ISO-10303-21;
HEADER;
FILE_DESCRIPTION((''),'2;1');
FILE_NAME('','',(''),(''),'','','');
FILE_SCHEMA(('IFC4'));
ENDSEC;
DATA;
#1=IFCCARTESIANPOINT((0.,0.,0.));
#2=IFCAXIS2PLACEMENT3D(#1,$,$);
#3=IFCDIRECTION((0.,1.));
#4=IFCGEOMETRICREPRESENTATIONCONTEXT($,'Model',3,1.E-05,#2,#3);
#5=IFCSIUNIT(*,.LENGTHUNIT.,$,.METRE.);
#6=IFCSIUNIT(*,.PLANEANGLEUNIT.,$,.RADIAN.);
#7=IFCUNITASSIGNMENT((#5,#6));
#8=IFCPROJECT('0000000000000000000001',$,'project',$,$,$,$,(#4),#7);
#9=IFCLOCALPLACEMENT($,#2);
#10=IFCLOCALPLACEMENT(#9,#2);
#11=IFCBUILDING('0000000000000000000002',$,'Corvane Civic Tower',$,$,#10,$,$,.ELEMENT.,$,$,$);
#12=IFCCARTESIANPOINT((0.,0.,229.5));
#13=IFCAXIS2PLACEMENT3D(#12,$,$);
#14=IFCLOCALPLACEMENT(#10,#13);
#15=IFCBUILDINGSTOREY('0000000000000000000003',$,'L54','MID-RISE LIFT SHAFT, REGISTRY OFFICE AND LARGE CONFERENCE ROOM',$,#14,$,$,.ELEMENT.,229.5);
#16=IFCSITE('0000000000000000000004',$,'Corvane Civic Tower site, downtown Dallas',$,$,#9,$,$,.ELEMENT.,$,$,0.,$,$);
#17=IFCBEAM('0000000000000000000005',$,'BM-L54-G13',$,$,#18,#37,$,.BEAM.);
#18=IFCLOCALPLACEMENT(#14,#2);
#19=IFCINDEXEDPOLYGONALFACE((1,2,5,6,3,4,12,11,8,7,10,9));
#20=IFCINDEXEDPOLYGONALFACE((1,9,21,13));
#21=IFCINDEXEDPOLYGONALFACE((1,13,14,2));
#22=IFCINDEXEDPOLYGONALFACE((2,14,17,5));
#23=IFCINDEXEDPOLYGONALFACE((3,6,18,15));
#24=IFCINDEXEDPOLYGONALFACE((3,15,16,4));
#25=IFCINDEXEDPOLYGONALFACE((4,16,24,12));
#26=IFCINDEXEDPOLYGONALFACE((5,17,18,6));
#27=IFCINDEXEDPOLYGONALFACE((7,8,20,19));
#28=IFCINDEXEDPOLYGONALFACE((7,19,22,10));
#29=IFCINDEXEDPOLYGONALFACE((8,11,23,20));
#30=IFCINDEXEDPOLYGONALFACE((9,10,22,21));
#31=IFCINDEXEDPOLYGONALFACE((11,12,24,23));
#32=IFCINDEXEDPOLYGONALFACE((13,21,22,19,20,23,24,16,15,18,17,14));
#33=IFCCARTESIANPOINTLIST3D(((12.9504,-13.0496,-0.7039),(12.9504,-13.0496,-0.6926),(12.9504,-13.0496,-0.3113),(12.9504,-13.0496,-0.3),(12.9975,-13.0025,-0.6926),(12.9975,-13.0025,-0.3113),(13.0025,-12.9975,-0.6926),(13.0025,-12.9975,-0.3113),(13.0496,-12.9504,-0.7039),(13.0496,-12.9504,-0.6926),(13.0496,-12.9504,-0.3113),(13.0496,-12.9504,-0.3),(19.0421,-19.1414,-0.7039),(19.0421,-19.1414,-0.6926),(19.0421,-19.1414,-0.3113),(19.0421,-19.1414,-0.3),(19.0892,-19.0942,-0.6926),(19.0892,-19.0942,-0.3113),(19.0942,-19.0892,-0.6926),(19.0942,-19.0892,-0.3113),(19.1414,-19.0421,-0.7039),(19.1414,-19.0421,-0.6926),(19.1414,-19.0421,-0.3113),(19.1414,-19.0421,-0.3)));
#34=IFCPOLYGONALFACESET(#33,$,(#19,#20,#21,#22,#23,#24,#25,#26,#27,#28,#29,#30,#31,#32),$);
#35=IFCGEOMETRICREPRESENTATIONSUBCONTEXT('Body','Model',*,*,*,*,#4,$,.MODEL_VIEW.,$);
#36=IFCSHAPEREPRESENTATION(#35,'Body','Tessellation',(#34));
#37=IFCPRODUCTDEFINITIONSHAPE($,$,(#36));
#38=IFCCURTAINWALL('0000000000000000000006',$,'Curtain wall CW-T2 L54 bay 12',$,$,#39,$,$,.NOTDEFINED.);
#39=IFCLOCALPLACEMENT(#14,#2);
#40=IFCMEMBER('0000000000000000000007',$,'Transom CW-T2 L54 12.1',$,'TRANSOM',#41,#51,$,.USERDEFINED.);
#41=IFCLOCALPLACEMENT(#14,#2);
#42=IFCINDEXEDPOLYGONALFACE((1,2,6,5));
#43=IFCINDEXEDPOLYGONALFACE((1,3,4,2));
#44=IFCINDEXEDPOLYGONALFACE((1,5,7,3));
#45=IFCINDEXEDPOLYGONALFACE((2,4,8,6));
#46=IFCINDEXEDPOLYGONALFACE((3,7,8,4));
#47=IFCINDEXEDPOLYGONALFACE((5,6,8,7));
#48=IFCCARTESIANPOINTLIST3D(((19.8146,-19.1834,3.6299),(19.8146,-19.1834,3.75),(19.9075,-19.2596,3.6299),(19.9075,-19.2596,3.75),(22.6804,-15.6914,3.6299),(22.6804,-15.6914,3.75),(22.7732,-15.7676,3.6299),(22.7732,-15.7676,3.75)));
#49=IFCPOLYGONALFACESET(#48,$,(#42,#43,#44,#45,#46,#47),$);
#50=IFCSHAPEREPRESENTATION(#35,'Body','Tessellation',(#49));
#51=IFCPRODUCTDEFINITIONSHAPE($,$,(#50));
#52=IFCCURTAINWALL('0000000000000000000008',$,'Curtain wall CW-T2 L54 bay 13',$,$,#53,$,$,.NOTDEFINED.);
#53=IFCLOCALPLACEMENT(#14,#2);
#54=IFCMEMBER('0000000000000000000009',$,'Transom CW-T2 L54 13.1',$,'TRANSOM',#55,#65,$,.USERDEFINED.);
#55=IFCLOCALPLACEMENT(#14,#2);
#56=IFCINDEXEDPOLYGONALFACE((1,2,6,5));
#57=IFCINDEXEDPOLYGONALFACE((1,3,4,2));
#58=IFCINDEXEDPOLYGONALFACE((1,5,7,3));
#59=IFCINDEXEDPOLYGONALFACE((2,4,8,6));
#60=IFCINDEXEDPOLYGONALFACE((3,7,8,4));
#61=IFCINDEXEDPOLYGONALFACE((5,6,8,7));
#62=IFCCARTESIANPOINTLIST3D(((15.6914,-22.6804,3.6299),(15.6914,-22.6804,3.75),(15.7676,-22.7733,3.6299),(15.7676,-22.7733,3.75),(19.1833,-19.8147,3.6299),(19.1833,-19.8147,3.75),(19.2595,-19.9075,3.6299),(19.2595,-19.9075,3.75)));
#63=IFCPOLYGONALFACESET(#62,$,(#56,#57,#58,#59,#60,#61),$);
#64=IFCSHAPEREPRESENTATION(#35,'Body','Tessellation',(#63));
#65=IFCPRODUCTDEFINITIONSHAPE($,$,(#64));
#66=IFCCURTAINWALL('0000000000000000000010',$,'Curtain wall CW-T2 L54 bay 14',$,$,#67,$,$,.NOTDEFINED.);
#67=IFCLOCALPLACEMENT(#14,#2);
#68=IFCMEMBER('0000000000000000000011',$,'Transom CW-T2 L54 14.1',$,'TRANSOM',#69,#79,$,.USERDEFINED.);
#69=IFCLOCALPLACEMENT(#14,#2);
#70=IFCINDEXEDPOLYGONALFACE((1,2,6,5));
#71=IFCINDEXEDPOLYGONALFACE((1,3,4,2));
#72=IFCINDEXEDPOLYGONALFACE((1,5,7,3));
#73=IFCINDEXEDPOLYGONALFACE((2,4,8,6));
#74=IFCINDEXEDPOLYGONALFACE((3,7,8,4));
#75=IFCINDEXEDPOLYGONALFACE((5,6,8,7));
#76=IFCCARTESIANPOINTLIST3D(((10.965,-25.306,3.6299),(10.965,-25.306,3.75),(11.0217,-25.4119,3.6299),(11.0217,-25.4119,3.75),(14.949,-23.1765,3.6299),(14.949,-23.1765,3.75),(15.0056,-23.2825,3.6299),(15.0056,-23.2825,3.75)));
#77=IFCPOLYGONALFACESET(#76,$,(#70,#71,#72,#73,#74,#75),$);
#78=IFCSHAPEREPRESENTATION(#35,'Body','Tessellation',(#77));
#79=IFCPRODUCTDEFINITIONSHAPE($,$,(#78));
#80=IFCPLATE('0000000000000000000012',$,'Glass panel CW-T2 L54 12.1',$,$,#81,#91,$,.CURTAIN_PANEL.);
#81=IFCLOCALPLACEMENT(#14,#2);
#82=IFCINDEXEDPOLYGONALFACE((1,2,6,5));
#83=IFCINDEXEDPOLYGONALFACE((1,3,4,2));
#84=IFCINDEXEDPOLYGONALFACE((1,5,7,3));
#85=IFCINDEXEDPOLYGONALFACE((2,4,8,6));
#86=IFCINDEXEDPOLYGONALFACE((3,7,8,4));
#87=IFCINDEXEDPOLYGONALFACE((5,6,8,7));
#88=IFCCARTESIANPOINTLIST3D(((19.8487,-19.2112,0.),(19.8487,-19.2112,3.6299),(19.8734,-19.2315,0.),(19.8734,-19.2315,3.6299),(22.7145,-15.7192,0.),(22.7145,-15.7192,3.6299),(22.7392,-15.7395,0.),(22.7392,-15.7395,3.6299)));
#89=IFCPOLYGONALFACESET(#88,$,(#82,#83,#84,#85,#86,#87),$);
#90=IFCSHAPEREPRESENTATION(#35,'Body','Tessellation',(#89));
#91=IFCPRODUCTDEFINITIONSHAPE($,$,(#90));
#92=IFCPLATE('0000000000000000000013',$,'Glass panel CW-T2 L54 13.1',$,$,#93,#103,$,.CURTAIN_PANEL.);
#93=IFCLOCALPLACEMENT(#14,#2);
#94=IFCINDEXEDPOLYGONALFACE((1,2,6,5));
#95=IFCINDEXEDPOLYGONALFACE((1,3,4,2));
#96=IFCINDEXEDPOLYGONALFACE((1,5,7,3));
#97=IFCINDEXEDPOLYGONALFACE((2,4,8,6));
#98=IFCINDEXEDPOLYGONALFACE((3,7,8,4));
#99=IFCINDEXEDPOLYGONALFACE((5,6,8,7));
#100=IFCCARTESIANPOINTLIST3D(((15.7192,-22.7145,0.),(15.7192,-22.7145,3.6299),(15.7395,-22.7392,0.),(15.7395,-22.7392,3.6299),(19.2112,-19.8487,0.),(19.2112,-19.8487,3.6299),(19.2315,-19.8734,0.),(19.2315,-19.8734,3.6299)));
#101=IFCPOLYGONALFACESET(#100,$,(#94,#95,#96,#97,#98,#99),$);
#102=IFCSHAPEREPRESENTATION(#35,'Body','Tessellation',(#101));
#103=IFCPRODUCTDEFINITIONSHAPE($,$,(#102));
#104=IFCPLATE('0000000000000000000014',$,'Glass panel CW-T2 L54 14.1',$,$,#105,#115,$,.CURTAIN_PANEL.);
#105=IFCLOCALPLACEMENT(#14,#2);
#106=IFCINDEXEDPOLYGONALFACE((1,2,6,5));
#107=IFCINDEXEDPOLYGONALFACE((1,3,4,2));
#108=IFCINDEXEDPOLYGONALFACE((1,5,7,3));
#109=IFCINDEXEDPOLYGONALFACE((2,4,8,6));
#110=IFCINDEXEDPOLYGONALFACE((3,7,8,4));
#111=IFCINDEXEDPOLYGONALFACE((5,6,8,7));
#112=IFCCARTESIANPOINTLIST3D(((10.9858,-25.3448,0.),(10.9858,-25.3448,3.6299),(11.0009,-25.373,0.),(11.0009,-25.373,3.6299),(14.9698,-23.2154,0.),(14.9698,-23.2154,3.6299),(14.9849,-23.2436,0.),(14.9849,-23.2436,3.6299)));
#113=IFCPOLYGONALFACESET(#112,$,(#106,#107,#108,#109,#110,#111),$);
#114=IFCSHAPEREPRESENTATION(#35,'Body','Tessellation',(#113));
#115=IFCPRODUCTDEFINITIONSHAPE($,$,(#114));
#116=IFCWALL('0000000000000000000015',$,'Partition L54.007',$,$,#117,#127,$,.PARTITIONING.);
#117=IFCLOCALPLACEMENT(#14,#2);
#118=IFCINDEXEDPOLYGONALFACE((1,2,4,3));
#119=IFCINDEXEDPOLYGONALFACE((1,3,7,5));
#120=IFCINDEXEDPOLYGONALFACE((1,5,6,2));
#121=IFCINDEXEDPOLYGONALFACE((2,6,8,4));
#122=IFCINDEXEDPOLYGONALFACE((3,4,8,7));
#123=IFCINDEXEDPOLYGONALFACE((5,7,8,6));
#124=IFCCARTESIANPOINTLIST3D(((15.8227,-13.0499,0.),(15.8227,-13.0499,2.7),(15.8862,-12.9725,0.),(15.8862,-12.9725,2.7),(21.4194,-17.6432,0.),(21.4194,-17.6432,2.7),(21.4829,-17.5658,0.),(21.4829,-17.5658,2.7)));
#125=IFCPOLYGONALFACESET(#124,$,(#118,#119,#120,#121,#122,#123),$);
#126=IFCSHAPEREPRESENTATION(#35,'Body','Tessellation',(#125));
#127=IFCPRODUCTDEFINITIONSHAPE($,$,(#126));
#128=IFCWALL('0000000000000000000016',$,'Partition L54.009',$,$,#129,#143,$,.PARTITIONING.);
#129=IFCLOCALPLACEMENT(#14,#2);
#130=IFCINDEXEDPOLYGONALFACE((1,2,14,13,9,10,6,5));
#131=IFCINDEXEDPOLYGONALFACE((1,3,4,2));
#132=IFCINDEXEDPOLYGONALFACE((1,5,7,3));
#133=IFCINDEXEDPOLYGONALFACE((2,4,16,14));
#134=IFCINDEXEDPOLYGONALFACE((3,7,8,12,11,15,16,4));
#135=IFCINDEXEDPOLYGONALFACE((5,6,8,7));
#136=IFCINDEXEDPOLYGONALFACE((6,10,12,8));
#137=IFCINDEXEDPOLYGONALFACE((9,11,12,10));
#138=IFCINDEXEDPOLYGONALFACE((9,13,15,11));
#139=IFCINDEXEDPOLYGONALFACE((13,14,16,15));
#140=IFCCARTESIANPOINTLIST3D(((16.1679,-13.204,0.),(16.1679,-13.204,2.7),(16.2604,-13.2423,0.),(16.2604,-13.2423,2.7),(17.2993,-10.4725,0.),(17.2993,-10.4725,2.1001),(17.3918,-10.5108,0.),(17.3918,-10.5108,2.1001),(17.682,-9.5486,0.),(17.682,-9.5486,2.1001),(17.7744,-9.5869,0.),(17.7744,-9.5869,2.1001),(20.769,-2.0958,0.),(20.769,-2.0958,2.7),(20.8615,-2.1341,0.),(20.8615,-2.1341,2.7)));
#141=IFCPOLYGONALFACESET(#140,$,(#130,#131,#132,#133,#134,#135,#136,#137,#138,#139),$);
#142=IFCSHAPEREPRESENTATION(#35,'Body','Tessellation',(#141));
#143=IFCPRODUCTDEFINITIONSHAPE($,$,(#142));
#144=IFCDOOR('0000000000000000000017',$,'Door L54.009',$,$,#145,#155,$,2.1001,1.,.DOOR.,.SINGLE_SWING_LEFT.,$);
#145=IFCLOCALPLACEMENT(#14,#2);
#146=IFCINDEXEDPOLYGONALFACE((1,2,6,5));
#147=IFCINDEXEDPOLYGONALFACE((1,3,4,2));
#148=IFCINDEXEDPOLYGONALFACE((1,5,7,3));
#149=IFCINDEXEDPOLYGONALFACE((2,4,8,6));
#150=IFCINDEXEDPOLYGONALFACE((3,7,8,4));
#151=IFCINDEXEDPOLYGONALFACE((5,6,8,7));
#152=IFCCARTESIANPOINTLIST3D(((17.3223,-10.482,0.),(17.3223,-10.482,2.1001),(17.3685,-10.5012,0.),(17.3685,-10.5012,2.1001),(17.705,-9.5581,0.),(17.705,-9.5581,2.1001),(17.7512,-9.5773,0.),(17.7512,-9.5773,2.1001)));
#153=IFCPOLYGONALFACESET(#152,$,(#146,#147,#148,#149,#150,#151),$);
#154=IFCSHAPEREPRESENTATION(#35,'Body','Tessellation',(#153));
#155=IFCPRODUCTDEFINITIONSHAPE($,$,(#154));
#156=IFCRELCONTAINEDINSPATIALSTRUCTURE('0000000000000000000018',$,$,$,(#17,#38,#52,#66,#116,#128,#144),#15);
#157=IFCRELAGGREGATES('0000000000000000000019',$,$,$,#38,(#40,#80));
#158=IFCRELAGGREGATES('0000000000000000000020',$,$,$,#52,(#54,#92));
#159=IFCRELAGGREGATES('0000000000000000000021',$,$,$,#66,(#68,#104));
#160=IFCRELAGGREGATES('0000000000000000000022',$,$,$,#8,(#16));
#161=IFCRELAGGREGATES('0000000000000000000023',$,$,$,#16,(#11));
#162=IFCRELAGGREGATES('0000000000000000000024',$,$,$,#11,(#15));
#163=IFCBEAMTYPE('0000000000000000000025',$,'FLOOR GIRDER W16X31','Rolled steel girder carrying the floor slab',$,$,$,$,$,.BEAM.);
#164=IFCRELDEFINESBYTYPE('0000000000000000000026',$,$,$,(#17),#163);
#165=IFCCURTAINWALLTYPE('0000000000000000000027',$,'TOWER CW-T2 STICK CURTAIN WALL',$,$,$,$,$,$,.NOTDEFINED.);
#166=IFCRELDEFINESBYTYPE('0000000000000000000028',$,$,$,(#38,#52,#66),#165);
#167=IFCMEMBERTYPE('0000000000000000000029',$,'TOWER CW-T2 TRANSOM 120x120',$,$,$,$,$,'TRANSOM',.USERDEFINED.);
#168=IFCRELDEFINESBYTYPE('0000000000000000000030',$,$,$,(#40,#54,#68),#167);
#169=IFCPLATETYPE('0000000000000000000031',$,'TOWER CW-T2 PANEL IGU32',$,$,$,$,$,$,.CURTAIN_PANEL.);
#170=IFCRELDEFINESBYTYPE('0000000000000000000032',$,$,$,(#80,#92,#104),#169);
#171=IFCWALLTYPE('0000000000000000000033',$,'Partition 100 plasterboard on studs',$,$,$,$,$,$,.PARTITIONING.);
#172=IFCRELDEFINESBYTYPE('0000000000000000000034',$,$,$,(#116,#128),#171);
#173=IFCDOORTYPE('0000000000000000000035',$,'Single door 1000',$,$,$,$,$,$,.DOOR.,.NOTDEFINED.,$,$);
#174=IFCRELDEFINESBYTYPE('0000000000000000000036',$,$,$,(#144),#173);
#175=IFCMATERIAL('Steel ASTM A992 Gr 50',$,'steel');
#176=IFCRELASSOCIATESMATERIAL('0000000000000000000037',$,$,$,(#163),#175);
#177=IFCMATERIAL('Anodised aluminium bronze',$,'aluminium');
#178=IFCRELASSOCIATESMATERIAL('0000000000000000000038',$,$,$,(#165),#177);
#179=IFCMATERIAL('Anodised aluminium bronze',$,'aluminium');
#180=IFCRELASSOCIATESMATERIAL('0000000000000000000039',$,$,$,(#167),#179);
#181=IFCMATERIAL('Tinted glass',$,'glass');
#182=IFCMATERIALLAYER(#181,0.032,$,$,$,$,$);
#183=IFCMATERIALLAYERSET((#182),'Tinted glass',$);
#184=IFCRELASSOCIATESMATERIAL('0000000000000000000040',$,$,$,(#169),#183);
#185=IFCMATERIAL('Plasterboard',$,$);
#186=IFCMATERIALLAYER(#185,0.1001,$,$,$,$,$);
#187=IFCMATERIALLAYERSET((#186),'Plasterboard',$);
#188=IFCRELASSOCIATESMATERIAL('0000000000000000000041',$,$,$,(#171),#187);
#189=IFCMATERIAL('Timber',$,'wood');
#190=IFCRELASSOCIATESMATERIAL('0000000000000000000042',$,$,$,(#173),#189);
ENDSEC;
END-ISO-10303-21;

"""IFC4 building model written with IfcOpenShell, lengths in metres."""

from ifc_helpers import new_model, si_unit, direction, frame, frame_2d, origin, origin_2d, place, context, subcontext, project, spatial, rectangle, i_section, extrude, material, layer, layer_set, material_profile, profile_set, type_object, element, fill, aggregate, save


model = new_model("IFC4")

# Units and contexts
model_context = context("Model", 3, precision=1e-05, world=origin(), true_north=direction((0.0, 1.0)))
body_context = subcontext(model_context, "Body", "Model", "MODEL_VIEW")
ifc_project = project(units=[si_unit("LENGTHUNIT", "METRE"), si_unit("PLANEANGLEUNIT", "RADIAN")], contexts=[model_context])

# Site, building, storey
site_placement = place(None, origin())
site = spatial("IfcSite", under=ifc_project, at=site_placement, Name="Corvane Civic Tower site, downtown Dallas", CompositionType="ELEMENT", RefElevation=0.0)
building_placement = place(site_placement, origin())
building = spatial("IfcBuilding", under=site, at=building_placement, Name="Corvane Civic Tower", CompositionType="ELEMENT")
storey_placement = place(building_placement, frame((0.0, 0.0, 229.5)))
storey = spatial("IfcBuildingStorey", under=building, at=storey_placement, Name="L54", Description="MID-RISE LIFT SHAFT, REGISTRY OFFICE AND LARGE CONFERENCE ROOM", CompositionType="ELEMENT", Elevation=229.5)

# Beam
ifc_material_1 = material(Name="Steel ASTM A992 Gr 50", Category="steel")
ifc_material_profile_1 = material_profile(ifc_material_1, i_section(OverallWidth=0.1404, OverallDepth=0.4038, WebThickness=0.0071, FlangeThickness=0.0112, at=origin_2d()), Name="W16X31")
ifc_profile_set_1 = profile_set([ifc_material_profile_1], Name="Steel ASTM A992 Gr 50")
beam_type_1 = type_object("IfcBeamType", Name="FLOOR GIRDER W16X31", Description="Rolled steel girder carrying the floor slab", PredefinedType="BEAM", material=ifc_profile_set_1)
beam_placement = place(storey_placement, frame((13.0, -13.0, -0.502), z_axis=(0.707107, -0.707107, 0.0), x_axis=(0.707107, 0.707107, 0.0)))
element("IfcBeam", 1, at=beam_placement, inside=storey, type_object=beam_type_1, Name="BM-L54-G13", PredefinedType="BEAM", context=body_context, shape_type="SweptSolid", body=[
    extrude(i_section(OverallWidth=0.1404, OverallDepth=0.4038, WebThickness=0.0071, FlangeThickness=0.0112, at=origin_2d()), origin(), (0.0, 0.0, 1.0), 8.615),
])

# Curtain walls, members
ifc_material_2 = material(Name="Anodised aluminium bronze", Category="aluminium")
curtain_wall_type = type_object("IfcCurtainWallType", Name="TOWER CW-T2 STICK CURTAIN WALL", PredefinedType="NOTDEFINED", material=ifc_material_2)
curtain_wall_1_placement = place(storey_placement, origin())
curtain_wall_1 = element("IfcCurtainWall", 2, at=curtain_wall_1_placement, inside=storey, type_object=curtain_wall_type, Name="Curtain wall CW-T2 L54 bay 12", PredefinedType="NOTDEFINED")
ifc_material_3 = material(Name="Anodised aluminium bronze", Category="aluminium")
ifc_material_profile_2 = material_profile(ifc_material_3, rectangle(XDim=0.1201, YDim=0.1201, at=origin_2d()), Name="TOWER CW-T2 TRANSOM 120x120")
ifc_profile_set_2 = profile_set([ifc_material_profile_2], Name="Anodised aluminium bronze")
member_type = type_object("IfcMemberType", Name="TOWER CW-T2 TRANSOM 120x120", ElementType="TRANSOM", PredefinedType="USERDEFINED", material=ifc_profile_set_2)
member_1_placement = place(storey_placement, frame((22.7268, -15.7295, 3.6899), z_axis=(-0.634388, -0.773015, 0.0), x_axis=(0.773015, -0.634388, 0.0)))
member_1 = element("IfcMember", 3, at=member_1_placement, type_object=member_type, Name="Transom CW-T2 L54 12.1", ObjectType="TRANSOM", PredefinedType="USERDEFINED", context=body_context, shape_type="SweptSolid", body=[
    extrude(rectangle(XDim=0.1201, YDim=0.1201, at=origin_2d()), origin(), (0.0, 0.0, 1.0), 4.5173),
])
curtain_wall_2_placement = place(storey_placement, origin())
curtain_wall_2 = element("IfcCurtainWall", 4, at=curtain_wall_2_placement, inside=storey, type_object=curtain_wall_type, Name="Curtain wall CW-T2 L54 bay 13", PredefinedType="NOTDEFINED")
member_2_placement = place(storey_placement, frame((19.2214, -19.8611, 3.6899), z_axis=(-0.773015, -0.634388, 0.0), x_axis=(0.634388, -0.773015, 0.0)))
member_2 = element("IfcMember", 5, at=member_2_placement, type_object=member_type, Name="Transom CW-T2 L54 13.1", ObjectType="TRANSOM", PredefinedType="USERDEFINED", context=body_context, shape_type="SweptSolid", body=[
    extrude(rectangle(XDim=0.1201, YDim=0.1201, at=origin_2d()), origin(), (0.0, 0.0, 1.0), 4.5173),
])
curtain_wall_3_placement = place(storey_placement, origin())
curtain_wall_3 = element("IfcCurtainWall", 6, at=curtain_wall_3_placement, inside=storey, type_object=curtain_wall_type, Name="Curtain wall CW-T2 L54 bay 14", PredefinedType="NOTDEFINED")
member_3_placement = place(storey_placement, frame((14.9773, -23.2295, 3.6899), z_axis=(-0.881925, -0.47139, 0.0), x_axis=(0.47139, -0.881925, 0.0)))
member_3 = element("IfcMember", 7, at=member_3_placement, type_object=member_type, Name="Transom CW-T2 L54 14.1", ObjectType="TRANSOM", PredefinedType="USERDEFINED", context=body_context, shape_type="SweptSolid", body=[
    extrude(rectangle(XDim=0.1201, YDim=0.1201, at=origin_2d()), origin(), (0.0, 0.0, 1.0), 4.5173),
])

# Plates
ifc_material_4 = material(Name="Tinted glass", Category="glass")
ifc_layer_1 = layer(ifc_material_4, 0.032)
ifc_layer_set_1 = layer_set([ifc_layer_1], Name="Tinted glass")
plate_type = type_object("IfcPlateType", Name="TOWER CW-T2 PANEL IGU32", PredefinedType="CURTAIN_PANEL", material=ifc_layer_set_1)
plate_1_placement = place(storey_placement, frame((21.2939, -17.4753, 0.0), z_axis=(0.0, 0.0, 1.0), x_axis=(-0.634391, -0.773012, 0.0)))
plate_1 = element("IfcPlate", 8, at=plate_1_placement, type_object=plate_type, Name="Glass panel CW-T2 L54 12.1", PredefinedType="CURTAIN_PANEL", context=body_context, shape_type="SweptSolid", body=[
    extrude(rectangle(XDim=4.5173, YDim=0.032, at=origin_2d()), origin(), (0.0, 0.0, 1.0), 3.6299),
])
aggregate(curtain_wall_1, [member_1, plate_1])
plate_2_placement = place(storey_placement, frame((17.4753, -21.2939, 0.0), z_axis=(0.0, 0.0, 1.0), x_axis=(-0.773012, -0.634391, 0.0)))
plate_2 = element("IfcPlate", 9, at=plate_2_placement, type_object=plate_type, Name="Glass panel CW-T2 L54 13.1", PredefinedType="CURTAIN_PANEL", context=body_context, shape_type="SweptSolid", body=[
    extrude(rectangle(XDim=4.5173, YDim=0.032, at=origin_2d()), origin(), (0.0, 0.0, 1.0), 3.6299),
])
aggregate(curtain_wall_2, [member_2, plate_2])
plate_3_placement = place(storey_placement, frame((12.9854, -24.2942, 0.0), z_axis=(0.0, 0.0, 1.0), x_axis=(-0.88192, -0.471398, 0.0)))
plate_3 = element("IfcPlate", 10, at=plate_3_placement, type_object=plate_type, Name="Glass panel CW-T2 L54 14.1", PredefinedType="CURTAIN_PANEL", context=body_context, shape_type="SweptSolid", body=[
    extrude(rectangle(XDim=4.5173, YDim=0.032, at=origin_2d()), origin(), (0.0, 0.0, 1.0), 3.6299),
])
aggregate(curtain_wall_3, [member_3, plate_3])

# Wall
ifc_material_5 = material(Name="Plasterboard")
ifc_layer_2 = layer(ifc_material_5, 0.1001)
ifc_layer_set_2 = layer_set([ifc_layer_2], Name="Plasterboard")
wall_type_1 = type_object("IfcWallType", Name="Partition 100 plasterboard on studs", PredefinedType="PARTITIONING", material=ifc_layer_set_2)
wall_1_placement = place(storey_placement, frame((15.8545, -13.0112, 0.0), z_axis=(0.0, 0.0, 1.0), x_axis=(0.772998, -0.634409, 0.0)))
element("IfcWall", 11, at=wall_1_placement, inside=storey, type_object=wall_type_1, Name="Partition L54.007", PredefinedType="PARTITIONING", context=body_context, shape_type="SweptSolid", body=[
    extrude(rectangle(XDim=7.2402, YDim=0.1001, at=frame_2d((3.6201, 0.0))), origin(), (0.0, 0.0, 1.0), 2.7),
])

# Wall, opening, door
wall_2_placement = place(storey_placement, frame((16.2141, -13.2231, 0.0), z_axis=(0.0, 0.0, 1.0), x_axis=(0.382678, 0.923882, 0.0)))
wall_2 = element("IfcWall", 12, at=wall_2_placement, inside=storey, type_object=wall_type_1, Name="Partition L54.009", PredefinedType="PARTITIONING", context=body_context, shape_type="SweptSolid", body=[
    extrude(rectangle(XDim=12.0234, YDim=0.1001, at=frame_2d((6.0117, 0.0))), origin(), (0.0, 0.0, 1.0), 2.7),
])
opening_1_placement = place(wall_2_placement, frame((2.9565, 0.0, 0.0)))
opening_1 = element("IfcOpeningElement", 13, at=opening_1_placement, cuts=wall_2, PredefinedType="OPENING", context=body_context, shape_type="SweptSolid", body=[
    extrude(rectangle(XDim=1.0, YDim=2.1001, at=frame_2d((0.5, 1.05))), frame((0.0, 0.0601, 0.0), z_axis=(0.0, -1.0, 0.0), x_axis=(1.0, 0.0, 0.0)), (0.0, 0.0, 1.0), 0.1201),
])
ifc_material_6 = material(Name="Timber", Category="wood")
door_type_1 = type_object("IfcDoorType", Name="Single door 1000", OperationType="NOTDEFINED", PredefinedType="DOOR", material=ifc_material_6)
door_1_placement = place(opening_1_placement, frame((1.0, 0.0, 0.0), z_axis=(0.0, 0.0, 1.0), x_axis=(-1.0, 0.0, 0.0)))
door_1 = element("IfcDoor", 14, at=door_1_placement, inside=storey, type_object=door_type_1, Name="Door L54.009", OperationType="SINGLE_SWING_LEFT", OverallHeight=2.1001, OverallWidth=1.0, PredefinedType="DOOR", context=body_context, shape_type="SweptSolid", body=[
    extrude(rectangle(XDim=1.0, YDim=2.1001, at=frame_2d((0.5, 1.05))), frame((0.0, 0.0249, 0.0), z_axis=(0.0, -1.0, 0.0), x_axis=(1.0, 0.0, 0.0)), (0.0, 0.0, 1.0), 0.05),
])
fill(opening_1, door_1)

save(model, "model.ifc")
